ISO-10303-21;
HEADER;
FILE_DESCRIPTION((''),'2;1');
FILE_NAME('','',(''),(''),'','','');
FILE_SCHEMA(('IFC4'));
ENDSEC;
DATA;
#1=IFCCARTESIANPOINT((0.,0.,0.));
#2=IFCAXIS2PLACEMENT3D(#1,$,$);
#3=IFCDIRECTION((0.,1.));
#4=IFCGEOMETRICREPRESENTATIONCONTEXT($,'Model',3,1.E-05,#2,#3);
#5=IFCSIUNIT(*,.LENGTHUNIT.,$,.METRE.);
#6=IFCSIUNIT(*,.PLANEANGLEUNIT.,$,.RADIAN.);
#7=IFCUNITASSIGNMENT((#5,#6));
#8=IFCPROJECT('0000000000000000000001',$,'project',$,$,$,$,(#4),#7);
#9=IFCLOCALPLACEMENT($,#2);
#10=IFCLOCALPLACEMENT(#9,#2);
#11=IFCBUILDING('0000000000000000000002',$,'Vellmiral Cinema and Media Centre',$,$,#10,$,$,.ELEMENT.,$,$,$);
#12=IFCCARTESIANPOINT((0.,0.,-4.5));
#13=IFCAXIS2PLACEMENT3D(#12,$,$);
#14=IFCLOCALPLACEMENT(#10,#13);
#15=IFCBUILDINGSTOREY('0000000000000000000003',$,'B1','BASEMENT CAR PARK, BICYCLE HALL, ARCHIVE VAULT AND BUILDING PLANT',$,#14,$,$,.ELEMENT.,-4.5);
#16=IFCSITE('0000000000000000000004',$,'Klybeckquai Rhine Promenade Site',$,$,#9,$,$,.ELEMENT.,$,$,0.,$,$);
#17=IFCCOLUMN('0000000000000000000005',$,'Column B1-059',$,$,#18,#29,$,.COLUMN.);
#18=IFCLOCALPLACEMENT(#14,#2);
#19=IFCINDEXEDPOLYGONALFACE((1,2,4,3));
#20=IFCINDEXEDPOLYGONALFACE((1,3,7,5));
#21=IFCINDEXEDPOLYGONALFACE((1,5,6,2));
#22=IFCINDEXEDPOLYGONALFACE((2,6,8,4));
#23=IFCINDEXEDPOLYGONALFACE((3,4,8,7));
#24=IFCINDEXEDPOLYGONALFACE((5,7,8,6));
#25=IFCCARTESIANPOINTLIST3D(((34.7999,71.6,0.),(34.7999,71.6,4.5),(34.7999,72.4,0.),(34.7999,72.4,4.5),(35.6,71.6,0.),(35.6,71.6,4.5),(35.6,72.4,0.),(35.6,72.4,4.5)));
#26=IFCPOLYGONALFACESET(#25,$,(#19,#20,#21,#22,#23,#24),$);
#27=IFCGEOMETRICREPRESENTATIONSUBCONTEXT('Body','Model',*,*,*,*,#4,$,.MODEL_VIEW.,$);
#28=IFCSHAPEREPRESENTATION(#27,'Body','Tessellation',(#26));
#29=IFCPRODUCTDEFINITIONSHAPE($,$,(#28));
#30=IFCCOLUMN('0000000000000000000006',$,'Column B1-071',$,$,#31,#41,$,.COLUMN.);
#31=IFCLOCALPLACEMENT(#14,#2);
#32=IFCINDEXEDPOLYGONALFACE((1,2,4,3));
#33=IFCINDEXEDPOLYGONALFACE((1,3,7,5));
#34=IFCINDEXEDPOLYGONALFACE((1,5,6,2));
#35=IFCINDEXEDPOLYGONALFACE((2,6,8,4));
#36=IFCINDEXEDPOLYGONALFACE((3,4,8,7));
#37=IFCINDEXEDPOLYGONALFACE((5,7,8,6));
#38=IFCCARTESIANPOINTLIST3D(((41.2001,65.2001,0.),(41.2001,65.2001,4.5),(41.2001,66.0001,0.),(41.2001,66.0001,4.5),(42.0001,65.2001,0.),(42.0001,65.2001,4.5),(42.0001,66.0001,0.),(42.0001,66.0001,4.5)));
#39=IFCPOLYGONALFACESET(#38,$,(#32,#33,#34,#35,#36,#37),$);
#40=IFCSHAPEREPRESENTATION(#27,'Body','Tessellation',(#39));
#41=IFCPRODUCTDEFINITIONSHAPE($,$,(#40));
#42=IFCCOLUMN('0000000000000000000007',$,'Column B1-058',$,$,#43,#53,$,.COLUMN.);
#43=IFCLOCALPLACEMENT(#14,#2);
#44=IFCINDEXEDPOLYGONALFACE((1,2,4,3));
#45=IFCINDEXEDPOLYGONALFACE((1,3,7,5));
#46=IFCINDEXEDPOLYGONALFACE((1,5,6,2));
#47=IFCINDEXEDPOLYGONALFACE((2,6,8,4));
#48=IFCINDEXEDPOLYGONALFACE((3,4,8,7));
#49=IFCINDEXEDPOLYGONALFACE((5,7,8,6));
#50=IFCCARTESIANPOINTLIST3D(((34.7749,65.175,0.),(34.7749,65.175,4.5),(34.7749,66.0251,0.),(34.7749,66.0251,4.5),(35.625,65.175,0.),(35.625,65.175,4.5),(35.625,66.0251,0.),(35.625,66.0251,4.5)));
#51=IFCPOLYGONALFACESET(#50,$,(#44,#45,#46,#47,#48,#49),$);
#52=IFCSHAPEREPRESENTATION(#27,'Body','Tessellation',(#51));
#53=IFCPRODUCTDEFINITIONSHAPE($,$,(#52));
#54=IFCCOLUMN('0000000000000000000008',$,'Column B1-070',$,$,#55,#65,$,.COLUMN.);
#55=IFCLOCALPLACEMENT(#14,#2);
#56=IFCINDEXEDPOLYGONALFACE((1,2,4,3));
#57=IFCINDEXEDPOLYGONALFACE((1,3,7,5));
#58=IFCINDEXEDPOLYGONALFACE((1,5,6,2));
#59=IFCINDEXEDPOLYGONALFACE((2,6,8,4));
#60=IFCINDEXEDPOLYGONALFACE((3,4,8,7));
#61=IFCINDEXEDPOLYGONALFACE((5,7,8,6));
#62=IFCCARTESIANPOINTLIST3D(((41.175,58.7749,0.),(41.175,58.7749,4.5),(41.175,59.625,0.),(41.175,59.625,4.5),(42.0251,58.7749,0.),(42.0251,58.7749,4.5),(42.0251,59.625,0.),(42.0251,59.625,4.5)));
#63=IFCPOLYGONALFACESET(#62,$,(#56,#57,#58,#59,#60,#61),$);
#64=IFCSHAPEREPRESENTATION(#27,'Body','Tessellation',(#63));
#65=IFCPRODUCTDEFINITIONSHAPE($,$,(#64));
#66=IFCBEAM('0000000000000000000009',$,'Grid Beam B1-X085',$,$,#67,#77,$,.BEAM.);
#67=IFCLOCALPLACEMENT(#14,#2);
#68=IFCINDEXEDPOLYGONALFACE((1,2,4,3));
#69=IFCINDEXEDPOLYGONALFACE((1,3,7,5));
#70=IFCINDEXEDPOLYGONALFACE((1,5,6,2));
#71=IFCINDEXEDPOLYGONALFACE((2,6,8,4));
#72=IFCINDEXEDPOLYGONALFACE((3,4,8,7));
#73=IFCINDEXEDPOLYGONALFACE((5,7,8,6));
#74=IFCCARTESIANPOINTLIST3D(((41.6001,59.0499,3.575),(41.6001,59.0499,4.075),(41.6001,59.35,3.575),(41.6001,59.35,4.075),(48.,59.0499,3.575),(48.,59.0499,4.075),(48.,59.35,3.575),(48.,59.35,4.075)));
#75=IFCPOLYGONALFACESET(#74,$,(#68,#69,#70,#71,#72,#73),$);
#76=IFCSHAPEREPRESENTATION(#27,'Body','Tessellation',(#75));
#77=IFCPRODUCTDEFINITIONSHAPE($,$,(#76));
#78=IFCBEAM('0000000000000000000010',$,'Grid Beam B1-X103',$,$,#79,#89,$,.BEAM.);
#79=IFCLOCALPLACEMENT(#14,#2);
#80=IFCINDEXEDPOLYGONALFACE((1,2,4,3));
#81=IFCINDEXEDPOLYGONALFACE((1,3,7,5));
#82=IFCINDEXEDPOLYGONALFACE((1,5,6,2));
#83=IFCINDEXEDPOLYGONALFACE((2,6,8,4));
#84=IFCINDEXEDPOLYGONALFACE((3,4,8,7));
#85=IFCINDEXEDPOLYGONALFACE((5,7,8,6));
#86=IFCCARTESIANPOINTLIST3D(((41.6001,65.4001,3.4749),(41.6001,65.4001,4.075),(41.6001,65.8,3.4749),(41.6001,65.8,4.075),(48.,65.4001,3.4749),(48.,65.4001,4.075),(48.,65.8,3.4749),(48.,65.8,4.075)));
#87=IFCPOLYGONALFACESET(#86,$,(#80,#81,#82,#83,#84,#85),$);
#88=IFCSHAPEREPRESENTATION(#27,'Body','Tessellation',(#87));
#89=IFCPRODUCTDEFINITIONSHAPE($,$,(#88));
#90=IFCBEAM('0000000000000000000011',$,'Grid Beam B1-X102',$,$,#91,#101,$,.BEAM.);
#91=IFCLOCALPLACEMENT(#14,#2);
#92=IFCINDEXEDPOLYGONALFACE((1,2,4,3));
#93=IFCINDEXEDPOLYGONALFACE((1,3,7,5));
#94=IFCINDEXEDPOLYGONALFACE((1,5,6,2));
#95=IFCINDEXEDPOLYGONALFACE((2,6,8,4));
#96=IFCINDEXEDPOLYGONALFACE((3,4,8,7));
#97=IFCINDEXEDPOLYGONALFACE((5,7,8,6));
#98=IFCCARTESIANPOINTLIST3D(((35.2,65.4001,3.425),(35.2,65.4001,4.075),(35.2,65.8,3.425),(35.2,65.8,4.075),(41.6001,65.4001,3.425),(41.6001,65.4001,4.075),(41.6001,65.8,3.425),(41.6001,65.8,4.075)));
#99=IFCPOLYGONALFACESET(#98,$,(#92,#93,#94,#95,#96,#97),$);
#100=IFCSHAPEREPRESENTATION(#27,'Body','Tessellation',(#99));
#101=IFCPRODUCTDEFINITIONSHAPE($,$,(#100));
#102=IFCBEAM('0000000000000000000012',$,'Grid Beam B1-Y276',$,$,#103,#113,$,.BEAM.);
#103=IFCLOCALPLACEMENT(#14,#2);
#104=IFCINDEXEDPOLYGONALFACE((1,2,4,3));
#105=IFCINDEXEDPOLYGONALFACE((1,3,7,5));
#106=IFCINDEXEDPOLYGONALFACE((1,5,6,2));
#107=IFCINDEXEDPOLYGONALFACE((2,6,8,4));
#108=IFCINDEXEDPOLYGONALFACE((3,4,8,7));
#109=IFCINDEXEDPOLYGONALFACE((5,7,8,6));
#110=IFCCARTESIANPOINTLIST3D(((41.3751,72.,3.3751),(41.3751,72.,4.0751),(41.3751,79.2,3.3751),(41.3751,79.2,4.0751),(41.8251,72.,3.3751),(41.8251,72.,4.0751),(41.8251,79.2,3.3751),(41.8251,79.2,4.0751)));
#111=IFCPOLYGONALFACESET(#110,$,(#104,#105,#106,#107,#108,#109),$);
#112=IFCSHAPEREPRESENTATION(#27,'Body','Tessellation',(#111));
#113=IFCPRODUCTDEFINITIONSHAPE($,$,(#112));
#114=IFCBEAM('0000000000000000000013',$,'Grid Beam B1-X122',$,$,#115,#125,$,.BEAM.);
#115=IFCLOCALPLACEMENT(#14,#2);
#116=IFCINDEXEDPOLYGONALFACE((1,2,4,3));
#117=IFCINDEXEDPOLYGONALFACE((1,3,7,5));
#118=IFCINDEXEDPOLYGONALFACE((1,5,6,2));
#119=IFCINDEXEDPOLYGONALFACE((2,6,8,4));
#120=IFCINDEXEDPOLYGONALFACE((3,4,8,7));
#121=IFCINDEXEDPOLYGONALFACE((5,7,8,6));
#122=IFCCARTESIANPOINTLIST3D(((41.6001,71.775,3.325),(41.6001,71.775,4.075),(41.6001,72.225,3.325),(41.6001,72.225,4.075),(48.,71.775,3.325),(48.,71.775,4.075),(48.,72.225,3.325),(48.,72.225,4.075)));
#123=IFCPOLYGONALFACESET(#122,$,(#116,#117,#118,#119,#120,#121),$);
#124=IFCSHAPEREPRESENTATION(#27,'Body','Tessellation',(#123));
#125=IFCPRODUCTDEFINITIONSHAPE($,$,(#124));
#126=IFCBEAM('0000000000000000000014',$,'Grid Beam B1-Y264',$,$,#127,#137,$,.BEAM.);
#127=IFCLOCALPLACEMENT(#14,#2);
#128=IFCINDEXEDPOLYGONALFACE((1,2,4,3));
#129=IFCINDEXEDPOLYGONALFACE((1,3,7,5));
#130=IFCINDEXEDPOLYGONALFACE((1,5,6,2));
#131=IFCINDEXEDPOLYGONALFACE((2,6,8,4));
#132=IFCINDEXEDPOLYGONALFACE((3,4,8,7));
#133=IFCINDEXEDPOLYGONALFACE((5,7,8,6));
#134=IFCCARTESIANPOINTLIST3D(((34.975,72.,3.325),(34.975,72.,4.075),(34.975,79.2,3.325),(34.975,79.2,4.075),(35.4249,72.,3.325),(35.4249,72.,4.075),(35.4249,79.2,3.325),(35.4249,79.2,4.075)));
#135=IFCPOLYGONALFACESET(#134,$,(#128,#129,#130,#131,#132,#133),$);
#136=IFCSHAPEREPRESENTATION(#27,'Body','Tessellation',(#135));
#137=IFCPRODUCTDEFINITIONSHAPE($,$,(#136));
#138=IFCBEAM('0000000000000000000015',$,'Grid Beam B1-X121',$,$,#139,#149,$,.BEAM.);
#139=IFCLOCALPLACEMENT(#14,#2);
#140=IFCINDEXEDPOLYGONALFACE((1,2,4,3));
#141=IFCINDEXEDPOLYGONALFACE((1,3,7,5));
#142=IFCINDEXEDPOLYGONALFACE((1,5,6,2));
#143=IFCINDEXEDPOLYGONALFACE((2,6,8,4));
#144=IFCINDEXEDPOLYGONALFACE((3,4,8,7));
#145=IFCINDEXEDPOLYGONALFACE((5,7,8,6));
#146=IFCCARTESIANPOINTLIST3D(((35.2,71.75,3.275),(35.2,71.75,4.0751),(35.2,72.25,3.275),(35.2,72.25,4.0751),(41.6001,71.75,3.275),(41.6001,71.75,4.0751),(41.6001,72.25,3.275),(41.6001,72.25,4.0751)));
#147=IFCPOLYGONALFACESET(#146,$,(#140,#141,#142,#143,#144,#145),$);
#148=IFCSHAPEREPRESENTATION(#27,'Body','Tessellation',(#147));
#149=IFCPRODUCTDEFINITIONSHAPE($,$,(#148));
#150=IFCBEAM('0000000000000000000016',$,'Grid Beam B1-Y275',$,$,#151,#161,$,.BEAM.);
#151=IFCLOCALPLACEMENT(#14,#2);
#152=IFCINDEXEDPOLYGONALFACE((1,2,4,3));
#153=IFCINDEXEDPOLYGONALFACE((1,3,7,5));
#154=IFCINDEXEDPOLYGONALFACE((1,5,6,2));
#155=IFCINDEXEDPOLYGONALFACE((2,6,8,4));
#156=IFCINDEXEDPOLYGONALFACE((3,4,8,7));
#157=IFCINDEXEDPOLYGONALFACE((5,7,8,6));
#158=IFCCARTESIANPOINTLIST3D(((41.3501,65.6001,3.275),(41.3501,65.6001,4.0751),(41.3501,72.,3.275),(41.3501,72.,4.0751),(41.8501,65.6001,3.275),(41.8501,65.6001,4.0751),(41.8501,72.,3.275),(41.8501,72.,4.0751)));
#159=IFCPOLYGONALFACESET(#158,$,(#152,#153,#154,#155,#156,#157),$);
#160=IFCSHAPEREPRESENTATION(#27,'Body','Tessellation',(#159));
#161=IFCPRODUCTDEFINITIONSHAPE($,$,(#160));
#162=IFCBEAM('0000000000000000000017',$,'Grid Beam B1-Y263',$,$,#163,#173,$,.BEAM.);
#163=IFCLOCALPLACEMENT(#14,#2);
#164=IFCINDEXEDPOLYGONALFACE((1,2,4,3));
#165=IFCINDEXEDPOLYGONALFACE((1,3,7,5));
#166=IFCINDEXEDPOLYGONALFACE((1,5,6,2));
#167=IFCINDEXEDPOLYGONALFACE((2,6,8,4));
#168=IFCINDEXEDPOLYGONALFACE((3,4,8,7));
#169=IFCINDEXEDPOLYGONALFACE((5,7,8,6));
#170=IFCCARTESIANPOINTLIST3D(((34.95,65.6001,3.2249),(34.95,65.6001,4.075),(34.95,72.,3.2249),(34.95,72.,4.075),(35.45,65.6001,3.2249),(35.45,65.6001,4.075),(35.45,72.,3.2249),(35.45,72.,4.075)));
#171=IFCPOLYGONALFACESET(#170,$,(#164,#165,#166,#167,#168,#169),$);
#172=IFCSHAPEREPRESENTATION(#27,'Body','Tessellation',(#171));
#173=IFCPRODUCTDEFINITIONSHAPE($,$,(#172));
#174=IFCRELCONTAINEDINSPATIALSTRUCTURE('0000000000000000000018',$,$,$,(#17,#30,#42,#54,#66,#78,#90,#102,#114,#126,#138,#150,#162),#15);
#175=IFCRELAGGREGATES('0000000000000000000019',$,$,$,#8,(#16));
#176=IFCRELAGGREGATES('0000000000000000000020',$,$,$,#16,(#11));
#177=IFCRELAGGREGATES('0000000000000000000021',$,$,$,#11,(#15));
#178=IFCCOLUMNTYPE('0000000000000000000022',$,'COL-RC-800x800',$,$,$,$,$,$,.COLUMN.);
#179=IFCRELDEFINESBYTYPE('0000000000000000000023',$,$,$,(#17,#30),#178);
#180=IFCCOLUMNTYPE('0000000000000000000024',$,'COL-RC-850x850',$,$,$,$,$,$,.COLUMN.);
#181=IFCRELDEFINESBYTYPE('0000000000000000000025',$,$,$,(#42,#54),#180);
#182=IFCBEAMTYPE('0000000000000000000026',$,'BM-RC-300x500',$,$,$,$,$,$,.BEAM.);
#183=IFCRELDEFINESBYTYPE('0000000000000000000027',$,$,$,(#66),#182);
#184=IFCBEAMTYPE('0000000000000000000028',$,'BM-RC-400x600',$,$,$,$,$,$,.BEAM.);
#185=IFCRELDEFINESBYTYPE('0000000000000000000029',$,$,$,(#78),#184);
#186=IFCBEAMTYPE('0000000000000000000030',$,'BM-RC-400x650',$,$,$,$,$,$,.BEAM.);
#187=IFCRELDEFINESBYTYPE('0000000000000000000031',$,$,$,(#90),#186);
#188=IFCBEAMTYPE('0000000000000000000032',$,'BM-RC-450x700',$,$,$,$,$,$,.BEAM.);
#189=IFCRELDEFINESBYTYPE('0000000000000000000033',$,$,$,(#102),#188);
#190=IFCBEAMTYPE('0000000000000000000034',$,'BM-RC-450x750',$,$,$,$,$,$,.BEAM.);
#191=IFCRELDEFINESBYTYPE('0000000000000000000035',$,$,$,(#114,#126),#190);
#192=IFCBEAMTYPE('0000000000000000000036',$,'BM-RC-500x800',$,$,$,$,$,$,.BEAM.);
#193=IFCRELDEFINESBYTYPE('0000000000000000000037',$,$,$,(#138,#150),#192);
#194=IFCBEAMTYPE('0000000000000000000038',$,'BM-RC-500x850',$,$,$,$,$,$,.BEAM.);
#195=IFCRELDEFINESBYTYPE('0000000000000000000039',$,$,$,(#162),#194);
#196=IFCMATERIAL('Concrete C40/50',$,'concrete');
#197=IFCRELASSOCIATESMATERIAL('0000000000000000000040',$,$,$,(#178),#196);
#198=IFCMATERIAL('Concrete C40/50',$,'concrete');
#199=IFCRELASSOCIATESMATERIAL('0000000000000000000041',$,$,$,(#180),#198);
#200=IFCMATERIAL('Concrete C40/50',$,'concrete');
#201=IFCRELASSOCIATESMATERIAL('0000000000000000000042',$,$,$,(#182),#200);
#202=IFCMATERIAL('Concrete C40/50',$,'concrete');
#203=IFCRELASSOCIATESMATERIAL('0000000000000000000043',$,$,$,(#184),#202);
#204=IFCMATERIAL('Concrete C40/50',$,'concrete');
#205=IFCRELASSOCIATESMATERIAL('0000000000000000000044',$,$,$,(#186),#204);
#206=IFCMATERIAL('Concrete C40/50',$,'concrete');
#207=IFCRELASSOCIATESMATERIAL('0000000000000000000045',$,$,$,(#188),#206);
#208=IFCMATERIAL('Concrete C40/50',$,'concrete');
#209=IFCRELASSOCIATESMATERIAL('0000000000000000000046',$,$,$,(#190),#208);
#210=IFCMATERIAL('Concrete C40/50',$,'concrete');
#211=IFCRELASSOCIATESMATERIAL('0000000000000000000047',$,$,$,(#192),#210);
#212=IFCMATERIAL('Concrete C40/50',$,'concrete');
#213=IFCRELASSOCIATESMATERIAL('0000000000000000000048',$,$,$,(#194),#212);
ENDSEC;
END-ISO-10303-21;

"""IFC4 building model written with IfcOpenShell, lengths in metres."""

from ifc_helpers import new_model, si_unit, direction, frame, origin, origin_2d, place, context, subcontext, project, spatial, rectangle, extrude, material, material_profile, profile_set, type_object, element, save


model = new_model("IFC4")

# Units and contexts
model_context = context("Model", 3, precision=1e-05, world=origin(), true_north=direction((0.0, 1.0)))
body_context = subcontext(model_context, "Body", "Model", "MODEL_VIEW")
ifc_project = project(units=[si_unit("LENGTHUNIT", "METRE"), si_unit("PLANEANGLEUNIT", "RADIAN")], contexts=[model_context])

# Site, building, storey
site_placement = place(None, origin())
site = spatial("IfcSite", under=ifc_project, at=site_placement, Name="Klybeckquai Rhine Promenade Site", CompositionType="ELEMENT", RefElevation=0.0)
building_placement = place(site_placement, origin())
building = spatial("IfcBuilding", under=site, at=building_placement, Name="Vellmiral Cinema and Media Centre", CompositionType="ELEMENT")
storey_placement = place(building_placement, frame((0.0, 0.0, -4.5)))
storey = spatial("IfcBuildingStorey", under=building, at=storey_placement, Name="B1", Description="BASEMENT CAR PARK, BICYCLE HALL, ARCHIVE VAULT AND BUILDING PLANT", CompositionType="ELEMENT", Elevation=-4.5)

# Columns
ifc_material_1 = material(Name="Concrete C40/50", Category="concrete")
ifc_material_profile_1 = material_profile(ifc_material_1, rectangle(XDim=0.8, YDim=0.8, at=origin_2d()), Name="RC 800x800")
ifc_profile_set_1 = profile_set([ifc_material_profile_1], Name="Concrete C40/50")
column_type_1 = type_object("IfcColumnType", Name="COL-RC-800x800", PredefinedType="COLUMN", material=ifc_profile_set_1)
for number, where, z_axis, x_axis, name in (
    (1, (35.2, 72.0, 0.0), (0.0, 0.0, 1.0), (1.0, 0.0, 0.0), "Column B1-059"),
    (2, (41.6001, 65.6001, 0.0), (0.0, 0.0, 1.0), (1.0, 0.0, 0.0), "Column B1-071"),
):
    element("IfcColumn", number, at=place(storey_placement, frame(where, z_axis=z_axis, x_axis=x_axis)), inside=storey, type_object=column_type_1, Name=name, PredefinedType="COLUMN", context=body_context, shape_type="SweptSolid", body=[
        extrude(rectangle(XDim=0.8, YDim=0.8, at=origin_2d()), origin(), (0.0, 0.0, 1.0), 4.5),
    ])
ifc_material_2 = material(Name="Concrete C40/50", Category="concrete")
ifc_material_profile_2 = material_profile(ifc_material_2, rectangle(XDim=0.8501, YDim=0.8501, at=origin_2d()), Name="RC 850x850")
ifc_profile_set_2 = profile_set([ifc_material_profile_2], Name="Concrete C40/50")
column_type_2 = type_object("IfcColumnType", Name="COL-RC-850x850", PredefinedType="COLUMN", material=ifc_profile_set_2)
for number, where, z_axis, x_axis, name in (
    (3, (35.2, 65.6001, 0.0), (0.0, 0.0, 1.0), (1.0, 0.0, 0.0), "Column B1-058"),
    (4, (41.6001, 59.2, 0.0), (0.0, 0.0, 1.0), (1.0, 0.0, 0.0), "Column B1-070"),
):
    element("IfcColumn", number, at=place(storey_placement, frame(where, z_axis=z_axis, x_axis=x_axis)), inside=storey, type_object=column_type_2, Name=name, PredefinedType="COLUMN", context=body_context, shape_type="SweptSolid", body=[
        extrude(rectangle(XDim=0.8501, YDim=0.8501, at=origin_2d()), origin(), (0.0, 0.0, 1.0), 4.5),
    ])

# Beams
ifc_material_3 = material(Name="Concrete C40/50", Category="concrete")
ifc_material_profile_3 = material_profile(ifc_material_3, rectangle(XDim=0.3, YDim=0.5, at=origin_2d()), Name="RC 300x500")
ifc_profile_set_3 = profile_set([ifc_material_profile_3], Name="Concrete C40/50")
beam_type_1 = type_object("IfcBeamType", Name="BM-RC-300x500", PredefinedType="BEAM", material=ifc_profile_set_3)
beam_1_placement = place(storey_placement, frame((41.6001, 59.2, 3.825), z_axis=(1.0, 0.0, 0.0), x_axis=(0.0, 1.0, 0.0)))
element("IfcBeam", 5, at=beam_1_placement, inside=storey, type_object=beam_type_1, Name="Grid Beam B1-X085", PredefinedType="BEAM", context=body_context, shape_type="SweptSolid", body=[
    extrude(rectangle(XDim=0.3, YDim=0.5, at=origin_2d()), origin(), (0.0, 0.0, 1.0), 6.3999),
])
ifc_material_4 = material(Name="Concrete C40/50", Category="concrete")
ifc_material_profile_4 = material_profile(ifc_material_4, rectangle(XDim=0.3999, YDim=0.6001, at=origin_2d()), Name="RC 400x600")
ifc_profile_set_4 = profile_set([ifc_material_profile_4], Name="Concrete C40/50")
beam_type_2 = type_object("IfcBeamType", Name="BM-RC-400x600", PredefinedType="BEAM", material=ifc_profile_set_4)
beam_2_placement = place(storey_placement, frame((41.6001, 65.6001, 3.7749), z_axis=(1.0, 0.0, 0.0), x_axis=(0.0, 1.0, 0.0)))
element("IfcBeam", 6, at=beam_2_placement, inside=storey, type_object=beam_type_2, Name="Grid Beam B1-X103", PredefinedType="BEAM", context=body_context, shape_type="SweptSolid", body=[
    extrude(rectangle(XDim=0.3999, YDim=0.6001, at=origin_2d()), origin(), (0.0, 0.0, 1.0), 6.3999),
])
ifc_material_5 = material(Name="Concrete C40/50", Category="concrete")
ifc_material_profile_5 = material_profile(ifc_material_5, rectangle(XDim=0.3999, YDim=0.6499, at=origin_2d()), Name="RC 400x650")
ifc_profile_set_5 = profile_set([ifc_material_profile_5], Name="Concrete C40/50")
beam_type_3 = type_object("IfcBeamType", Name="BM-RC-400x650", PredefinedType="BEAM", material=ifc_profile_set_5)
beam_3_placement = place(storey_placement, frame((35.2, 65.6001, 3.75), z_axis=(1.0, 0.0, 0.0), x_axis=(0.0, 1.0, 0.0)))
element("IfcBeam", 7, at=beam_3_placement, inside=storey, type_object=beam_type_3, Name="Grid Beam B1-X102", PredefinedType="BEAM", context=body_context, shape_type="SweptSolid", body=[
    extrude(rectangle(XDim=0.3999, YDim=0.6499, at=origin_2d()), origin(), (0.0, 0.0, 1.0), 6.4001),
])
ifc_material_6 = material(Name="Concrete C40/50", Category="concrete")
ifc_material_profile_6 = material_profile(ifc_material_6, rectangle(XDim=0.45, YDim=0.7, at=origin_2d()), Name="RC 450x700")
ifc_profile_set_6 = profile_set([ifc_material_profile_6], Name="Concrete C40/50")
beam_type_4 = type_object("IfcBeamType", Name="BM-RC-450x700", PredefinedType="BEAM", material=ifc_profile_set_6)
beam_4_placement = place(storey_placement, frame((41.6001, 72.0, 3.7251), z_axis=(0.0, 1.0, 0.0), x_axis=(-1.0, 0.0, 0.0)))
element("IfcBeam", 8, at=beam_4_placement, inside=storey, type_object=beam_type_4, Name="Grid Beam B1-Y276", PredefinedType="BEAM", context=body_context, shape_type="SweptSolid", body=[
    extrude(rectangle(XDim=0.45, YDim=0.7, at=origin_2d()), origin(), (0.0, 0.0, 1.0), 7.2),
])
ifc_material_7 = material(Name="Concrete C40/50", Category="concrete")
ifc_material_profile_7 = material_profile(ifc_material_7, rectangle(XDim=0.45, YDim=0.75, at=origin_2d()), Name="RC 450x750")
ifc_profile_set_7 = profile_set([ifc_material_profile_7], Name="Concrete C40/50")
beam_type_5 = type_object("IfcBeamType", Name="BM-RC-450x750", PredefinedType="BEAM", material=ifc_profile_set_7)
beam_5_placement = place(storey_placement, frame((41.6001, 72.0, 3.7), z_axis=(1.0, 0.0, 0.0), x_axis=(0.0, 1.0, 0.0)))
element("IfcBeam", 9, at=beam_5_placement, inside=storey, type_object=beam_type_5, Name="Grid Beam B1-X122", PredefinedType="BEAM", context=body_context, shape_type="SweptSolid", body=[
    extrude(rectangle(XDim=0.45, YDim=0.75, at=origin_2d()), origin(), (0.0, 0.0, 1.0), 6.3999),
])
beam_6_placement = place(storey_placement, frame((35.2, 72.0, 3.7), z_axis=(0.0, 1.0, 0.0), x_axis=(-1.0, 0.0, 0.0)))
element("IfcBeam", 10, at=beam_6_placement, inside=storey, type_object=beam_type_5, Name="Grid Beam B1-Y264", PredefinedType="BEAM", context=body_context, shape_type="SweptSolid", body=[
    extrude(rectangle(XDim=0.45, YDim=0.75, at=origin_2d()), origin(), (0.0, 0.0, 1.0), 7.2),
])
ifc_material_8 = material(Name="Concrete C40/50", Category="concrete")
ifc_material_profile_8 = material_profile(ifc_material_8, rectangle(XDim=0.5, YDim=0.8, at=origin_2d()), Name="RC 500x800")
ifc_profile_set_8 = profile_set([ifc_material_profile_8], Name="Concrete C40/50")
beam_type_6 = type_object("IfcBeamType", Name="BM-RC-500x800", PredefinedType="BEAM", material=ifc_profile_set_8)
beam_7_placement = place(storey_placement, frame((35.2, 72.0, 3.675), z_axis=(1.0, 0.0, 0.0), x_axis=(0.0, 1.0, 0.0)))
element("IfcBeam", 11, at=beam_7_placement, inside=storey, type_object=beam_type_6, Name="Grid Beam B1-X121", PredefinedType="BEAM", context=body_context, shape_type="SweptSolid", body=[
    extrude(rectangle(XDim=0.5, YDim=0.8, at=origin_2d()), origin(), (0.0, 0.0, 1.0), 6.4001),
])
beam_8_placement = place(storey_placement, frame((41.6001, 65.6001, 3.675), z_axis=(0.0, 1.0, 0.0), x_axis=(-1.0, 0.0, 0.0)))
element("IfcBeam", 12, at=beam_8_placement, inside=storey, type_object=beam_type_6, Name="Grid Beam B1-Y275", PredefinedType="BEAM", context=body_context, shape_type="SweptSolid", body=[
    extrude(rectangle(XDim=0.5, YDim=0.8, at=origin_2d()), origin(), (0.0, 0.0, 1.0), 6.3999),
])
ifc_material_9 = material(Name="Concrete C40/50", Category="concrete")
ifc_material_profile_9 = material_profile(ifc_material_9, rectangle(XDim=0.5, YDim=0.8501, at=origin_2d()), Name="RC 500x850")
ifc_profile_set_9 = profile_set([ifc_material_profile_9], Name="Concrete C40/50")
beam_type_7 = type_object("IfcBeamType", Name="BM-RC-500x850", PredefinedType="BEAM", material=ifc_profile_set_9)
beam_9_placement = place(storey_placement, frame((35.2, 65.6001, 3.6499), z_axis=(0.0, 1.0, 0.0), x_axis=(-1.0, 0.0, 0.0)))
element("IfcBeam", 13, at=beam_9_placement, inside=storey, type_object=beam_type_7, Name="Grid Beam B1-Y263", PredefinedType="BEAM", context=body_context, shape_type="SweptSolid", body=[
    extrude(rectangle(XDim=0.5, YDim=0.8501, at=origin_2d()), origin(), (0.0, 0.0, 1.0), 6.3999),
])

save(model, "model.ifc")
